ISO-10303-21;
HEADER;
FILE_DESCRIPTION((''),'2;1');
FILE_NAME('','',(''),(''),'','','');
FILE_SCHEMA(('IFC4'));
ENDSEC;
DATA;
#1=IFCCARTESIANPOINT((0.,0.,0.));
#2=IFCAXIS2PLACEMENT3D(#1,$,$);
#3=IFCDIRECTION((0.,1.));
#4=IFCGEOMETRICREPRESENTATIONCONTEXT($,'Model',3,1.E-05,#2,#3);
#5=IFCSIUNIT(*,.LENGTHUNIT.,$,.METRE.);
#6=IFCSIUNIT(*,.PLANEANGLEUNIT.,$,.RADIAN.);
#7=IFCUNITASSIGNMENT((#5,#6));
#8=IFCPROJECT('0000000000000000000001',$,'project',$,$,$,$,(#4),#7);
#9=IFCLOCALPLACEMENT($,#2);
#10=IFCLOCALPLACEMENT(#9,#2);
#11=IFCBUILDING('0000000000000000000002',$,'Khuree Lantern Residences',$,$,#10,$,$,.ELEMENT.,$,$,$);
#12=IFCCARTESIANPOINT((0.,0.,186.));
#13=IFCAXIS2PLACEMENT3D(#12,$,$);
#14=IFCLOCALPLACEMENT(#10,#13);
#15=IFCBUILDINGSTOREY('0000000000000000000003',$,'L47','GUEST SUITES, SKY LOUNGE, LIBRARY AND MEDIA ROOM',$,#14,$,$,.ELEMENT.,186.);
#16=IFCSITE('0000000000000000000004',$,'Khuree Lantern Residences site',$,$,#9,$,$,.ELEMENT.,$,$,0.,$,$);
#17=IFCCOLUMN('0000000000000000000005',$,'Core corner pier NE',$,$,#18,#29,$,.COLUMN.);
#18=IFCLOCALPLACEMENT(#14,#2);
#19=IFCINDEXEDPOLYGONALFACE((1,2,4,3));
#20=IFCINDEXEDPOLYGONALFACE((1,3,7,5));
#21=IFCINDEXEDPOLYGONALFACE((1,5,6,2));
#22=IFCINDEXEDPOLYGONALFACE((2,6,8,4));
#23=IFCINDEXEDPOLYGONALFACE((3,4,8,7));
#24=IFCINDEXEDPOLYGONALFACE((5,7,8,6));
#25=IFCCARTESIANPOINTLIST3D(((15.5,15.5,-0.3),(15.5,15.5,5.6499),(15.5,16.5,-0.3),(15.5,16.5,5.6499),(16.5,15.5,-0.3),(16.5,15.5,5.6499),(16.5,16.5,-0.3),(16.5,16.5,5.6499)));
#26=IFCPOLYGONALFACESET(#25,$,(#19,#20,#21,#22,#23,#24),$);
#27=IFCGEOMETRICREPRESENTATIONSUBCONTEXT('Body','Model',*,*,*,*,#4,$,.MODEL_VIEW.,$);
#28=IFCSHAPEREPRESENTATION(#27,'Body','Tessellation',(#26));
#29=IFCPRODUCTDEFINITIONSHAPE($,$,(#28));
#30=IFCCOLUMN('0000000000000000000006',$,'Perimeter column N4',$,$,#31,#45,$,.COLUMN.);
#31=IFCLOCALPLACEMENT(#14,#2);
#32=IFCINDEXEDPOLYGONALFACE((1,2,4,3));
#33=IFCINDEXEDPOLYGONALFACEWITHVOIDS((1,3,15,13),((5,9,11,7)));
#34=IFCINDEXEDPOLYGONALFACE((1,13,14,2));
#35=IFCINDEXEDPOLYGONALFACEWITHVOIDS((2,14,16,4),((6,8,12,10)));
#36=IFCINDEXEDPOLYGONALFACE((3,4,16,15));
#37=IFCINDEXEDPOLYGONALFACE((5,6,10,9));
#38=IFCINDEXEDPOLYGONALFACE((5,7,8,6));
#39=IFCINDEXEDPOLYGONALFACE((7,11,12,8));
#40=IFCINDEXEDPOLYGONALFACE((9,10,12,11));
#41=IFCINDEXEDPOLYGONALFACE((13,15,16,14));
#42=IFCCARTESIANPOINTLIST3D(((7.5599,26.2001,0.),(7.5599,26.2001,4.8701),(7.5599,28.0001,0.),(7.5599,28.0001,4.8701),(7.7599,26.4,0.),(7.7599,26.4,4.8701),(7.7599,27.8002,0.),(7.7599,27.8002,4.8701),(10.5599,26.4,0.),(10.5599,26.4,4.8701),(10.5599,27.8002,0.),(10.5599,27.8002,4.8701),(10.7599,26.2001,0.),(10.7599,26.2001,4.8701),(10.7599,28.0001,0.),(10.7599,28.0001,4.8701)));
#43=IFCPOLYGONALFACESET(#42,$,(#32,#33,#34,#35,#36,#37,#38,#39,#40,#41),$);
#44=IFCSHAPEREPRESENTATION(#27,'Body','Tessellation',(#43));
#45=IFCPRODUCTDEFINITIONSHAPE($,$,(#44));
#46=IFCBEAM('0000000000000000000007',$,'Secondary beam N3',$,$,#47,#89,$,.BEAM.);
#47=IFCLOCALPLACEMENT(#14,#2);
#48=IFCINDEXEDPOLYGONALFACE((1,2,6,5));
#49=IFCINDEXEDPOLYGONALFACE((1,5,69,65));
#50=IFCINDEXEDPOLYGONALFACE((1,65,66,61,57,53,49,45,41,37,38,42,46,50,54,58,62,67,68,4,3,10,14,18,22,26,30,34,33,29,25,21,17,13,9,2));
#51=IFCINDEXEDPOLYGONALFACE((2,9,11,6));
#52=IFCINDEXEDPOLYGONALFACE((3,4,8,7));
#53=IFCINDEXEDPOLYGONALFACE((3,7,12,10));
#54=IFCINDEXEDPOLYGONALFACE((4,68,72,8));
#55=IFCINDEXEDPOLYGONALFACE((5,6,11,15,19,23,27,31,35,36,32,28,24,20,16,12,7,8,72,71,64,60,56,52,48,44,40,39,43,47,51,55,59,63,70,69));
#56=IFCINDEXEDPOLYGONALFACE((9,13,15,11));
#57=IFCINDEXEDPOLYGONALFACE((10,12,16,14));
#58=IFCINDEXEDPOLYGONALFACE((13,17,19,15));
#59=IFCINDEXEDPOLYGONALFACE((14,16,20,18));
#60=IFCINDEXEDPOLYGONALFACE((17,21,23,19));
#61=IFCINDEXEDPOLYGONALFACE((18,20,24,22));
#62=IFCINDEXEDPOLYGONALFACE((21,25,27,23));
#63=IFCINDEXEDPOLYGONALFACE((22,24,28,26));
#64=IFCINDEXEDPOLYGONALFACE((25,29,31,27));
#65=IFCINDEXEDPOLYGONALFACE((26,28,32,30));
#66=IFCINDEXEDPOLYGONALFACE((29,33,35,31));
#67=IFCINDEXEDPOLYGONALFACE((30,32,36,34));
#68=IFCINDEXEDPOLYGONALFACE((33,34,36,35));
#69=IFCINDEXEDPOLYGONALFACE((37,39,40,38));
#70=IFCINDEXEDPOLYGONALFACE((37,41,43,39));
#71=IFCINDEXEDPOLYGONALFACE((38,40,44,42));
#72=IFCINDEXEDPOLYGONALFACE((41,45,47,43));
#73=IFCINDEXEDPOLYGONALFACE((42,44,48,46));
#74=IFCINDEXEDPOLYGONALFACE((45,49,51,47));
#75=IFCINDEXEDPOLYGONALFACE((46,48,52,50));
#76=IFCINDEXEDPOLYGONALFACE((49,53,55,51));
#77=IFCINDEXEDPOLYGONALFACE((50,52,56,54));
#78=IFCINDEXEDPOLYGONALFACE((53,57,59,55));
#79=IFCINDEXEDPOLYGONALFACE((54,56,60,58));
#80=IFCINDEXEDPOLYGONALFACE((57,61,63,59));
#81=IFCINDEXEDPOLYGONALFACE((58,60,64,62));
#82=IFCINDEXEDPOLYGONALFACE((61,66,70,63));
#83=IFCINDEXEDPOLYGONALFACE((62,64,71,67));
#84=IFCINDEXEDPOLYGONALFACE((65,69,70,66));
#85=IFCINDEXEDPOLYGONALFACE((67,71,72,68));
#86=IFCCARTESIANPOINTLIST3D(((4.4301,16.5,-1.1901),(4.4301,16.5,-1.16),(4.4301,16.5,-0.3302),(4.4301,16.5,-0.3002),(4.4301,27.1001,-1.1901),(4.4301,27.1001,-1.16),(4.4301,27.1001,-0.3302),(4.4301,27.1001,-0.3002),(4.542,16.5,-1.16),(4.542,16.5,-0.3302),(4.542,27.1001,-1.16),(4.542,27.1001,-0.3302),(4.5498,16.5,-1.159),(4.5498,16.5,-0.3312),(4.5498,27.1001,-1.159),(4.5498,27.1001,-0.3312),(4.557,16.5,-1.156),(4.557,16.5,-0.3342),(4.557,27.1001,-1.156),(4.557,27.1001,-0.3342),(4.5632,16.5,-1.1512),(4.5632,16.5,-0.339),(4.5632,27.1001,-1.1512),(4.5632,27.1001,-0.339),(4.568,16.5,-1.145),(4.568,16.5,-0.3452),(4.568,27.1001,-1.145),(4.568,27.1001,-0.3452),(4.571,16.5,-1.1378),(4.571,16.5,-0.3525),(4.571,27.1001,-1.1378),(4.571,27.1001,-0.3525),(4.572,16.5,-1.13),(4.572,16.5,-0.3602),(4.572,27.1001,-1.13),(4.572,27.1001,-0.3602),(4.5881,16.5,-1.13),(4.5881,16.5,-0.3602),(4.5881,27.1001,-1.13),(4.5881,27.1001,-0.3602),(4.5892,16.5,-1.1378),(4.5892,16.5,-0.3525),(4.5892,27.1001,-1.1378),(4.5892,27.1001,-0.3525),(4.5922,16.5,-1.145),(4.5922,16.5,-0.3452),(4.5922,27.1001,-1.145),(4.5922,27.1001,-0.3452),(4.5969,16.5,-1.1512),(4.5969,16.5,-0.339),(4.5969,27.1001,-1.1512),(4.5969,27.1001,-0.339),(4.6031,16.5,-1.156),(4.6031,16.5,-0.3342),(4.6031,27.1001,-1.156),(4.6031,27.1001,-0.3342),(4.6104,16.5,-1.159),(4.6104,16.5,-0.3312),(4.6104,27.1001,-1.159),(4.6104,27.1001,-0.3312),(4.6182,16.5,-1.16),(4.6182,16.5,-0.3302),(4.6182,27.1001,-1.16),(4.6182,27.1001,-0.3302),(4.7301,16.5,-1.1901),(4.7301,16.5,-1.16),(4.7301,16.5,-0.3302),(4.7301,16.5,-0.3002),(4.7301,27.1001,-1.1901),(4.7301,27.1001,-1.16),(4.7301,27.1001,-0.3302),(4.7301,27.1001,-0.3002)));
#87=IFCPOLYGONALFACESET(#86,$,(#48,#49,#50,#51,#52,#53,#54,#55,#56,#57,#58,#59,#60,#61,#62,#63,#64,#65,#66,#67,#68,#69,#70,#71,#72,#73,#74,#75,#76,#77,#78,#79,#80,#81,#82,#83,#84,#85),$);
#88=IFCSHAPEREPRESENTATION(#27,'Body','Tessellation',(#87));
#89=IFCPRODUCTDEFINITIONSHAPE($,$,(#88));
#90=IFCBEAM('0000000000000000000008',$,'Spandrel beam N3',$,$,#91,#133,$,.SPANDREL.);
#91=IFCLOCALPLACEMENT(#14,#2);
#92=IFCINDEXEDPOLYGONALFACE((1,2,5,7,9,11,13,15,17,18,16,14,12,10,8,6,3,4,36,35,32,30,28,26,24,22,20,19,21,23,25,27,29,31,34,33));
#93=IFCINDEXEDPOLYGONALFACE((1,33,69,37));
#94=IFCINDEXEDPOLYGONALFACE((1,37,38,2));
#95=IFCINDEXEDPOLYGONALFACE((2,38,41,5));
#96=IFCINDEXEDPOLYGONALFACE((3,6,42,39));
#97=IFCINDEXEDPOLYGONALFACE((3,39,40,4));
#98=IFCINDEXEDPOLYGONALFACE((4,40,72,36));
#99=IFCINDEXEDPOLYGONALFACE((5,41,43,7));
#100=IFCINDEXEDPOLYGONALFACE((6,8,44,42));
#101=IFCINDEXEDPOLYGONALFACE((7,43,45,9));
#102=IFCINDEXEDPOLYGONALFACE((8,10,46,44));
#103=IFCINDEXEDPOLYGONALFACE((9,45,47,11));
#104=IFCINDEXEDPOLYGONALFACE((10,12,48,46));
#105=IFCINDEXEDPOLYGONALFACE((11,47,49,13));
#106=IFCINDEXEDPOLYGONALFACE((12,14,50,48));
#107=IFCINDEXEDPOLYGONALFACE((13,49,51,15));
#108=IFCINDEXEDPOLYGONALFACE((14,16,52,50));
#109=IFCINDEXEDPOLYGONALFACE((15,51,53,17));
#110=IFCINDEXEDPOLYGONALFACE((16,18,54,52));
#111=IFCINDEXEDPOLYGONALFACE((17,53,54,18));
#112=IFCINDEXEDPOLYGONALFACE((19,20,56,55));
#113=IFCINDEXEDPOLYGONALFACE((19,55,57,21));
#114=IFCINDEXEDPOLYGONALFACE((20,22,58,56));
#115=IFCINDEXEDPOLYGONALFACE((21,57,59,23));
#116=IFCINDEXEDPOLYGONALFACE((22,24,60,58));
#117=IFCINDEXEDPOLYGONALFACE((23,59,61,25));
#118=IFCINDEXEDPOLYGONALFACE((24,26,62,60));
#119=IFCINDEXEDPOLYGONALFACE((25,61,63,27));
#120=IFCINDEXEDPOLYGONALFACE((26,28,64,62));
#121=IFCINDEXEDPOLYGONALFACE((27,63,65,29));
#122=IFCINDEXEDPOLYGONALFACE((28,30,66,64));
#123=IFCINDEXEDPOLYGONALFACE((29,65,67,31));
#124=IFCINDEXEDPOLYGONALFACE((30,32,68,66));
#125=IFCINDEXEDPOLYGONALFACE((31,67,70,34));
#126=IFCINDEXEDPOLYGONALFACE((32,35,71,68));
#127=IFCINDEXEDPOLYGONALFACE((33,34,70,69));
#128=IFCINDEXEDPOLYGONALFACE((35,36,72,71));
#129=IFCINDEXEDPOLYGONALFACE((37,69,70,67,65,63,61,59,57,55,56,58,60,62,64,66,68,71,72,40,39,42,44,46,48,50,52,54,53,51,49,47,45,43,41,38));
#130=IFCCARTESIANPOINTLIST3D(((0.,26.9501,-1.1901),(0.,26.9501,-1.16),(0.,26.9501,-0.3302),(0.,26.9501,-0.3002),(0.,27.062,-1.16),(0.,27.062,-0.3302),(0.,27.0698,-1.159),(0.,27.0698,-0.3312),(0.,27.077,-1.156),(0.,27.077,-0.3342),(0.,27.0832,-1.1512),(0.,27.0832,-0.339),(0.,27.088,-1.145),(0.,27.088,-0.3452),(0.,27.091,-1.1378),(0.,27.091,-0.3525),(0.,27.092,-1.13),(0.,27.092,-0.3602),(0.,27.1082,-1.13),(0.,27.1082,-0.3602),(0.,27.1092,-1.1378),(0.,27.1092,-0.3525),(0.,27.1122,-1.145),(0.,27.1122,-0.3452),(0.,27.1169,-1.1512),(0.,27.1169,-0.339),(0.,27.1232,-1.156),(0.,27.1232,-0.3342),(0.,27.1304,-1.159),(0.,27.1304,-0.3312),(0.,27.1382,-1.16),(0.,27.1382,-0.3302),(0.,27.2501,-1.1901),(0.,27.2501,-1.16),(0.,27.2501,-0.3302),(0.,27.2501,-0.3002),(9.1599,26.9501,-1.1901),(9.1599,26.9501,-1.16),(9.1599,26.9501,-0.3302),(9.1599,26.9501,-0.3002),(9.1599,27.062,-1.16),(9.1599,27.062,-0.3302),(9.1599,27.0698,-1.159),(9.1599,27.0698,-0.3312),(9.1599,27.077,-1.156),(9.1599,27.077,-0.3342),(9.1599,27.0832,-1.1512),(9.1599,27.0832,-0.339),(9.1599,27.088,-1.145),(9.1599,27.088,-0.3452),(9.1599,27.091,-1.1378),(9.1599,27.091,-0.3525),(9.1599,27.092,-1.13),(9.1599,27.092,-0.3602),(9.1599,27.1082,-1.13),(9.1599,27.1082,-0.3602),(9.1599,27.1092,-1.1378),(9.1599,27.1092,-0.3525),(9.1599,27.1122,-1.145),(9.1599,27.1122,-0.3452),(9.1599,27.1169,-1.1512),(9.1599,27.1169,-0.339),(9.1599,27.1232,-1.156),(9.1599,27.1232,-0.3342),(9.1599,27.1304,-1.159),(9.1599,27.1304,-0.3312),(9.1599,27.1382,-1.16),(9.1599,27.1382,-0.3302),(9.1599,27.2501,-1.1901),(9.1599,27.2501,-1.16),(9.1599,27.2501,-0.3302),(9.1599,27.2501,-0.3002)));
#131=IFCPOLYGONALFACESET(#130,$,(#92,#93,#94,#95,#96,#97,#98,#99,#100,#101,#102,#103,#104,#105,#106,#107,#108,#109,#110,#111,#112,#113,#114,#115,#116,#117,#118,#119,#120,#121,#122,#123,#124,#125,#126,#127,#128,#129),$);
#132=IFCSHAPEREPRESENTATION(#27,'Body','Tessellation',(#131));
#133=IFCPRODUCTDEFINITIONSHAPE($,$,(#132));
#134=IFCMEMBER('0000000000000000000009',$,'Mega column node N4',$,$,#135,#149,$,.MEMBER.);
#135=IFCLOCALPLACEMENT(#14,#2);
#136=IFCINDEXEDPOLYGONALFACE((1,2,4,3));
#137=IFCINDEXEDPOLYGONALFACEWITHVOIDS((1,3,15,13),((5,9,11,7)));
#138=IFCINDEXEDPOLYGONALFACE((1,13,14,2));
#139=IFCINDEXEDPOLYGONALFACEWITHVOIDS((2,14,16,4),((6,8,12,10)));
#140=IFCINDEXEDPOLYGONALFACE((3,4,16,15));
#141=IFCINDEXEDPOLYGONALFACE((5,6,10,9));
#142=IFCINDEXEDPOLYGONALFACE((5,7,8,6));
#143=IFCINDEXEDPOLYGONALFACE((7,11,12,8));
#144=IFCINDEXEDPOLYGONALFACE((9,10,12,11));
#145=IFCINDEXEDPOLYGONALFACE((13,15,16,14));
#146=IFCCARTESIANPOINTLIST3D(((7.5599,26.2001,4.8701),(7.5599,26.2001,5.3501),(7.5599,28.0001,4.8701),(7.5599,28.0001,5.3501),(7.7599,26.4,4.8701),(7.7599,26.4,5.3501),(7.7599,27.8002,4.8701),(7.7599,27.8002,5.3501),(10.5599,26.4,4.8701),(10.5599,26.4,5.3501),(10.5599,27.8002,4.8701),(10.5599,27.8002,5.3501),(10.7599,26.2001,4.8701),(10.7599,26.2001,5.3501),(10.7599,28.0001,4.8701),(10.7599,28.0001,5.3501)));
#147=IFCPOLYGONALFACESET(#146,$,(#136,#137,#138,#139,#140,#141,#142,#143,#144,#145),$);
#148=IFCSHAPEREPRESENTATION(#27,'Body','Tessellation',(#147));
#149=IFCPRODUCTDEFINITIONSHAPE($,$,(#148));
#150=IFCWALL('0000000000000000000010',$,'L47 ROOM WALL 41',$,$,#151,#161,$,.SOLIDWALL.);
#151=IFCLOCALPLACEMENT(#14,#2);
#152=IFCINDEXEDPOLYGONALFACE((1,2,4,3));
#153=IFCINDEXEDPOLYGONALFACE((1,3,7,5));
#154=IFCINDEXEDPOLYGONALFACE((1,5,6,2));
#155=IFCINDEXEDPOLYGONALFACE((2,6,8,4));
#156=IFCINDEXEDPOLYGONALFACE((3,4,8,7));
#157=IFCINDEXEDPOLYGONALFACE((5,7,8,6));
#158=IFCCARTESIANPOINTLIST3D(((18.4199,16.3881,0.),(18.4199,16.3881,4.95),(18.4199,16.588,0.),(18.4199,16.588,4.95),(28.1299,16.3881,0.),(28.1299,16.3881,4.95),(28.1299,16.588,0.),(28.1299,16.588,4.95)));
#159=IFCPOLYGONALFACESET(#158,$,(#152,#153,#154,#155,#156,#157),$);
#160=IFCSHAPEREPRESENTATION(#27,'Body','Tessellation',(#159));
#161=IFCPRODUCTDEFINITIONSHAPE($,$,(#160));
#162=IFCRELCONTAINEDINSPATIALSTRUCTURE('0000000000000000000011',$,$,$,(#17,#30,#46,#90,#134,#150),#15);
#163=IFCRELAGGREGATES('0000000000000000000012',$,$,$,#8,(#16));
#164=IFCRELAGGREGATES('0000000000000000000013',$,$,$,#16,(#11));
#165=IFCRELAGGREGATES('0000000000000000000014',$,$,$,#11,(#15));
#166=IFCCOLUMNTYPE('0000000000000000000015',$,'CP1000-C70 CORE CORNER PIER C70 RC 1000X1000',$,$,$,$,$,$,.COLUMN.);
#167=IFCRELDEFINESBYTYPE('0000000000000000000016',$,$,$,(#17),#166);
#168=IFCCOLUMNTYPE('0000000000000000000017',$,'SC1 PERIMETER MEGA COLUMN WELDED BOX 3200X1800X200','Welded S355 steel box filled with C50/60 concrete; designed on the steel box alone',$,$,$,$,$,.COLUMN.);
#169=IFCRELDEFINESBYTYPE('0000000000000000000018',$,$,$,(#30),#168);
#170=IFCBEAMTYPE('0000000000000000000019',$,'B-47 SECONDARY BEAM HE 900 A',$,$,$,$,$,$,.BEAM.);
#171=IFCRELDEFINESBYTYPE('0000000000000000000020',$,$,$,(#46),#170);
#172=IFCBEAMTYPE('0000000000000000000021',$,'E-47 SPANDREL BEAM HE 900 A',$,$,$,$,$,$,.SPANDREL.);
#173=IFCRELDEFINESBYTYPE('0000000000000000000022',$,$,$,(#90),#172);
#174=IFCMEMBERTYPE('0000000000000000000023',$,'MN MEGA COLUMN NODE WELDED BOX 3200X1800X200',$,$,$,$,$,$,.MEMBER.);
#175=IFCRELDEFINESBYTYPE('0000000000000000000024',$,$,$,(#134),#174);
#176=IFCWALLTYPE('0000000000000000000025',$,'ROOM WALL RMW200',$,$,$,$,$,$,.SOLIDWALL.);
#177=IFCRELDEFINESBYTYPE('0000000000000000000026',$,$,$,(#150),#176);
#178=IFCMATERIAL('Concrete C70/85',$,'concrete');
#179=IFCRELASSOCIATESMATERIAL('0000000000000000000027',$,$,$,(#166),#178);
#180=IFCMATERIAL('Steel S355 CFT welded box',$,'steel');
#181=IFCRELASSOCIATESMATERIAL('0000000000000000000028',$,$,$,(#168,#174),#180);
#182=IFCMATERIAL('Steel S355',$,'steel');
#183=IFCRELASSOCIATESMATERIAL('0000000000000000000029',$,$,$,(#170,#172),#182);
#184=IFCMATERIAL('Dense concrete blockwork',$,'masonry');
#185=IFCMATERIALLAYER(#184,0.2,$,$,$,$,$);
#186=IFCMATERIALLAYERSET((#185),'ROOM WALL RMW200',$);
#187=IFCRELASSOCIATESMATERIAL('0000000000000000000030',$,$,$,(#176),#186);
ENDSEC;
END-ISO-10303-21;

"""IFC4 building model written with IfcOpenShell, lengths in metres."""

from ifc_helpers import new_model, si_unit, direction, frame, frame_2d, origin, origin_2d, place, context, subcontext, project, spatial, rectangle, hollow_rectangle, i_section, extrude, material, layer, layer_set, material_profile, profile_set, type_object, element, save


model = new_model("IFC4")

# Units and contexts
model_context = context("Model", 3, precision=1e-05, world=origin(), true_north=direction((0.0, 1.0)))
body_context = subcontext(model_context, "Body", "Model", "MODEL_VIEW")
ifc_project = project(units=[si_unit("LENGTHUNIT", "METRE"), si_unit("PLANEANGLEUNIT", "RADIAN")], contexts=[model_context])

# Site, building, storey
site_placement = place(None, origin())
site = spatial("IfcSite", under=ifc_project, at=site_placement, Name="Khuree Lantern Residences site", CompositionType="ELEMENT", RefElevation=0.0)
building_placement = place(site_placement, origin())
building = spatial("IfcBuilding", under=site, at=building_placement, Name="Khuree Lantern Residences", CompositionType="ELEMENT")
storey_placement = place(building_placement, frame((0.0, 0.0, 186.0)))
storey = spatial("IfcBuildingStorey", under=building, at=storey_placement, Name="L47", Description="GUEST SUITES, SKY LOUNGE, LIBRARY AND MEDIA ROOM", CompositionType="ELEMENT", Elevation=186.0)

# Columns
ifc_material_1 = material(Name="Concrete C70/85", Category="concrete")
ifc_material_profile_1 = material_profile(ifc_material_1, rectangle(XDim=1.0, YDim=1.0, at=origin_2d()), Name="RC 1000X1000")
ifc_profile_set_1 = profile_set([ifc_material_profile_1], Name="Concrete C70/85")
column_type_1 = type_object("IfcColumnType", Name="CP1000-C70 CORE CORNER PIER C70 RC 1000X1000", PredefinedType="COLUMN", material=ifc_profile_set_1)
column_1_placement = place(storey_placement, frame((16.0, 16.0, -0.3), z_axis=(0.0, 0.0, 1.0), x_axis=(1.0, 0.0, 0.0)))
element("IfcColumn", 1, at=column_1_placement, inside=storey, type_object=column_type_1, Name="Core corner pier NE", PredefinedType="COLUMN", context=body_context, shape_type="SweptSolid", body=[
    extrude(rectangle(XDim=1.0, YDim=1.0, at=origin_2d()), origin(), (0.0, 0.0, 1.0), 5.95),
])
ifc_material_2 = material(Name="Steel S355 CFT welded box", Category="steel")
ifc_material_profile_2 = material_profile(ifc_material_2, hollow_rectangle(XDim=3.2, YDim=1.8, WallThickness=0.2, at=origin_2d()), Name="WELDED BOX 3200X1800X200")
ifc_profile_set_2 = profile_set([ifc_material_profile_2], Name="Steel S355 CFT welded box")
column_type_2 = type_object("IfcColumnType", Name="SC1 PERIMETER MEGA COLUMN WELDED BOX 3200X1800X200", Description="Welded S355 steel box filled with C50/60 concrete; designed on the steel box alone", PredefinedType="COLUMN", material=ifc_profile_set_2)
column_2_placement = place(storey_placement, frame((9.1599, 27.1001, 0.0), z_axis=(0.0, 0.0, 1.0), x_axis=(1.0, 0.0, 0.0)))
element("IfcColumn", 2, at=column_2_placement, inside=storey, type_object=column_type_2, Name="Perimeter column N4", PredefinedType="COLUMN", context=body_context, shape_type="SweptSolid", body=[
    extrude(hollow_rectangle(XDim=3.2, YDim=1.8, WallThickness=0.2, at=origin_2d()), origin(), (0.0, 0.0, 1.0), 4.8701),
])

# Beams
ifc_material_3 = material(Name="Steel S355", Category="steel")
ifc_material_profile_3 = material_profile(ifc_material_3, i_section(OverallWidth=0.3, OverallDepth=0.8899, WebThickness=0.0161, FlangeThickness=0.03, FilletRadius=0.03, at=origin_2d()), Name="HE 900 A")
ifc_profile_set_3 = profile_set([ifc_material_profile_3], Name="Steel S355")
beam_type_1 = type_object("IfcBeamType", Name="B-47 SECONDARY BEAM HE 900 A", PredefinedType="BEAM", material=ifc_profile_set_3)
beam_1_placement = place(storey_placement, frame((4.5801, 27.1001, -0.7451), z_axis=(0.0, -1.0, 0.0), x_axis=(1.0, 0.0, 0.0)))
element("IfcBeam", 3, at=beam_1_placement, inside=storey, type_object=beam_type_1, Name="Secondary beam N3", PredefinedType="BEAM", context=body_context, shape_type="SweptSolid", body=[
    extrude(i_section(OverallWidth=0.3, OverallDepth=0.8899, WebThickness=0.0161, FlangeThickness=0.03, FilletRadius=0.03, at=origin_2d()), origin(), (0.0, 0.0, 1.0), 10.6001),
])
ifc_material_profile_4 = material_profile(ifc_material_3, i_section(OverallWidth=0.3, OverallDepth=0.8899, WebThickness=0.0161, FlangeThickness=0.03, FilletRadius=0.03, at=origin_2d()), Name="HE 900 A")
ifc_profile_set_4 = profile_set([ifc_material_profile_4], Name="Steel S355")
beam_type_2 = type_object("IfcBeamType", Name="E-47 SPANDREL BEAM HE 900 A", PredefinedType="SPANDREL", material=ifc_profile_set_4)
beam_2_placement = place(storey_placement, frame((0.0, 27.1001, -0.7451), z_axis=(1.0, 0.0, 0.0), x_axis=(0.0, 1.0, 0.0)))
element("IfcBeam", 4, at=beam_2_placement, inside=storey, type_object=beam_type_2, Name="Spandrel beam N3", PredefinedType="SPANDREL", context=body_context, shape_type="SweptSolid", body=[
    extrude(i_section(OverallWidth=0.3, OverallDepth=0.8899, WebThickness=0.0161, FlangeThickness=0.03, FilletRadius=0.03, at=origin_2d()), origin(), (0.0, 0.0, 1.0), 9.1599),
])

# Member
ifc_material_profile_5 = material_profile(ifc_material_2, hollow_rectangle(XDim=3.2, YDim=1.8, WallThickness=0.2, at=origin_2d()), Name="WELDED BOX 3200X1800X200")
ifc_profile_set_5 = profile_set([ifc_material_profile_5], Name="Steel S355 CFT welded box")
member_type = type_object("IfcMemberType", Name="MN MEGA COLUMN NODE WELDED BOX 3200X1800X200", PredefinedType="MEMBER", material=ifc_profile_set_5)
member_placement = place(storey_placement, frame((9.1599, 27.1001, 4.8701), z_axis=(0.0, 0.0, 1.0), x_axis=(1.0, 0.0, 0.0)))
element("IfcMember", 5, at=member_placement, inside=storey, type_object=member_type, Name="Mega column node N4", PredefinedType="MEMBER", context=body_context, shape_type="SweptSolid", body=[
    extrude(hollow_rectangle(XDim=3.2, YDim=1.8, WallThickness=0.2, at=origin_2d()), origin(), (0.0, 0.0, 1.0), 0.48),
])

# Wall
ifc_material_4 = material(Name="Dense concrete blockwork", Category="masonry")
ifc_layer = layer(ifc_material_4, 0.2)
ifc_layer_set = layer_set([ifc_layer], Name="ROOM WALL RMW200")
wall_type = type_object("IfcWallType", Name="ROOM WALL RMW200", PredefinedType="SOLIDWALL", material=ifc_layer_set)
wall_1_placement = place(storey_placement, frame((18.4199, 16.488, 0.0), z_axis=(0.0, 0.0, 1.0), x_axis=(1.0, 0.0, 0.0)))
element("IfcWall", 6, at=wall_1_placement, inside=storey, type_object=wall_type, Name="L47 ROOM WALL 41", PredefinedType="SOLIDWALL", context=body_context, shape_type="SweptSolid", body=[
    extrude(rectangle(XDim=9.71, YDim=0.2, at=frame_2d((4.855, 0.0))), origin(), (0.0, 0.0, 1.0), 4.95),
])

save(model, "model.ifc")
